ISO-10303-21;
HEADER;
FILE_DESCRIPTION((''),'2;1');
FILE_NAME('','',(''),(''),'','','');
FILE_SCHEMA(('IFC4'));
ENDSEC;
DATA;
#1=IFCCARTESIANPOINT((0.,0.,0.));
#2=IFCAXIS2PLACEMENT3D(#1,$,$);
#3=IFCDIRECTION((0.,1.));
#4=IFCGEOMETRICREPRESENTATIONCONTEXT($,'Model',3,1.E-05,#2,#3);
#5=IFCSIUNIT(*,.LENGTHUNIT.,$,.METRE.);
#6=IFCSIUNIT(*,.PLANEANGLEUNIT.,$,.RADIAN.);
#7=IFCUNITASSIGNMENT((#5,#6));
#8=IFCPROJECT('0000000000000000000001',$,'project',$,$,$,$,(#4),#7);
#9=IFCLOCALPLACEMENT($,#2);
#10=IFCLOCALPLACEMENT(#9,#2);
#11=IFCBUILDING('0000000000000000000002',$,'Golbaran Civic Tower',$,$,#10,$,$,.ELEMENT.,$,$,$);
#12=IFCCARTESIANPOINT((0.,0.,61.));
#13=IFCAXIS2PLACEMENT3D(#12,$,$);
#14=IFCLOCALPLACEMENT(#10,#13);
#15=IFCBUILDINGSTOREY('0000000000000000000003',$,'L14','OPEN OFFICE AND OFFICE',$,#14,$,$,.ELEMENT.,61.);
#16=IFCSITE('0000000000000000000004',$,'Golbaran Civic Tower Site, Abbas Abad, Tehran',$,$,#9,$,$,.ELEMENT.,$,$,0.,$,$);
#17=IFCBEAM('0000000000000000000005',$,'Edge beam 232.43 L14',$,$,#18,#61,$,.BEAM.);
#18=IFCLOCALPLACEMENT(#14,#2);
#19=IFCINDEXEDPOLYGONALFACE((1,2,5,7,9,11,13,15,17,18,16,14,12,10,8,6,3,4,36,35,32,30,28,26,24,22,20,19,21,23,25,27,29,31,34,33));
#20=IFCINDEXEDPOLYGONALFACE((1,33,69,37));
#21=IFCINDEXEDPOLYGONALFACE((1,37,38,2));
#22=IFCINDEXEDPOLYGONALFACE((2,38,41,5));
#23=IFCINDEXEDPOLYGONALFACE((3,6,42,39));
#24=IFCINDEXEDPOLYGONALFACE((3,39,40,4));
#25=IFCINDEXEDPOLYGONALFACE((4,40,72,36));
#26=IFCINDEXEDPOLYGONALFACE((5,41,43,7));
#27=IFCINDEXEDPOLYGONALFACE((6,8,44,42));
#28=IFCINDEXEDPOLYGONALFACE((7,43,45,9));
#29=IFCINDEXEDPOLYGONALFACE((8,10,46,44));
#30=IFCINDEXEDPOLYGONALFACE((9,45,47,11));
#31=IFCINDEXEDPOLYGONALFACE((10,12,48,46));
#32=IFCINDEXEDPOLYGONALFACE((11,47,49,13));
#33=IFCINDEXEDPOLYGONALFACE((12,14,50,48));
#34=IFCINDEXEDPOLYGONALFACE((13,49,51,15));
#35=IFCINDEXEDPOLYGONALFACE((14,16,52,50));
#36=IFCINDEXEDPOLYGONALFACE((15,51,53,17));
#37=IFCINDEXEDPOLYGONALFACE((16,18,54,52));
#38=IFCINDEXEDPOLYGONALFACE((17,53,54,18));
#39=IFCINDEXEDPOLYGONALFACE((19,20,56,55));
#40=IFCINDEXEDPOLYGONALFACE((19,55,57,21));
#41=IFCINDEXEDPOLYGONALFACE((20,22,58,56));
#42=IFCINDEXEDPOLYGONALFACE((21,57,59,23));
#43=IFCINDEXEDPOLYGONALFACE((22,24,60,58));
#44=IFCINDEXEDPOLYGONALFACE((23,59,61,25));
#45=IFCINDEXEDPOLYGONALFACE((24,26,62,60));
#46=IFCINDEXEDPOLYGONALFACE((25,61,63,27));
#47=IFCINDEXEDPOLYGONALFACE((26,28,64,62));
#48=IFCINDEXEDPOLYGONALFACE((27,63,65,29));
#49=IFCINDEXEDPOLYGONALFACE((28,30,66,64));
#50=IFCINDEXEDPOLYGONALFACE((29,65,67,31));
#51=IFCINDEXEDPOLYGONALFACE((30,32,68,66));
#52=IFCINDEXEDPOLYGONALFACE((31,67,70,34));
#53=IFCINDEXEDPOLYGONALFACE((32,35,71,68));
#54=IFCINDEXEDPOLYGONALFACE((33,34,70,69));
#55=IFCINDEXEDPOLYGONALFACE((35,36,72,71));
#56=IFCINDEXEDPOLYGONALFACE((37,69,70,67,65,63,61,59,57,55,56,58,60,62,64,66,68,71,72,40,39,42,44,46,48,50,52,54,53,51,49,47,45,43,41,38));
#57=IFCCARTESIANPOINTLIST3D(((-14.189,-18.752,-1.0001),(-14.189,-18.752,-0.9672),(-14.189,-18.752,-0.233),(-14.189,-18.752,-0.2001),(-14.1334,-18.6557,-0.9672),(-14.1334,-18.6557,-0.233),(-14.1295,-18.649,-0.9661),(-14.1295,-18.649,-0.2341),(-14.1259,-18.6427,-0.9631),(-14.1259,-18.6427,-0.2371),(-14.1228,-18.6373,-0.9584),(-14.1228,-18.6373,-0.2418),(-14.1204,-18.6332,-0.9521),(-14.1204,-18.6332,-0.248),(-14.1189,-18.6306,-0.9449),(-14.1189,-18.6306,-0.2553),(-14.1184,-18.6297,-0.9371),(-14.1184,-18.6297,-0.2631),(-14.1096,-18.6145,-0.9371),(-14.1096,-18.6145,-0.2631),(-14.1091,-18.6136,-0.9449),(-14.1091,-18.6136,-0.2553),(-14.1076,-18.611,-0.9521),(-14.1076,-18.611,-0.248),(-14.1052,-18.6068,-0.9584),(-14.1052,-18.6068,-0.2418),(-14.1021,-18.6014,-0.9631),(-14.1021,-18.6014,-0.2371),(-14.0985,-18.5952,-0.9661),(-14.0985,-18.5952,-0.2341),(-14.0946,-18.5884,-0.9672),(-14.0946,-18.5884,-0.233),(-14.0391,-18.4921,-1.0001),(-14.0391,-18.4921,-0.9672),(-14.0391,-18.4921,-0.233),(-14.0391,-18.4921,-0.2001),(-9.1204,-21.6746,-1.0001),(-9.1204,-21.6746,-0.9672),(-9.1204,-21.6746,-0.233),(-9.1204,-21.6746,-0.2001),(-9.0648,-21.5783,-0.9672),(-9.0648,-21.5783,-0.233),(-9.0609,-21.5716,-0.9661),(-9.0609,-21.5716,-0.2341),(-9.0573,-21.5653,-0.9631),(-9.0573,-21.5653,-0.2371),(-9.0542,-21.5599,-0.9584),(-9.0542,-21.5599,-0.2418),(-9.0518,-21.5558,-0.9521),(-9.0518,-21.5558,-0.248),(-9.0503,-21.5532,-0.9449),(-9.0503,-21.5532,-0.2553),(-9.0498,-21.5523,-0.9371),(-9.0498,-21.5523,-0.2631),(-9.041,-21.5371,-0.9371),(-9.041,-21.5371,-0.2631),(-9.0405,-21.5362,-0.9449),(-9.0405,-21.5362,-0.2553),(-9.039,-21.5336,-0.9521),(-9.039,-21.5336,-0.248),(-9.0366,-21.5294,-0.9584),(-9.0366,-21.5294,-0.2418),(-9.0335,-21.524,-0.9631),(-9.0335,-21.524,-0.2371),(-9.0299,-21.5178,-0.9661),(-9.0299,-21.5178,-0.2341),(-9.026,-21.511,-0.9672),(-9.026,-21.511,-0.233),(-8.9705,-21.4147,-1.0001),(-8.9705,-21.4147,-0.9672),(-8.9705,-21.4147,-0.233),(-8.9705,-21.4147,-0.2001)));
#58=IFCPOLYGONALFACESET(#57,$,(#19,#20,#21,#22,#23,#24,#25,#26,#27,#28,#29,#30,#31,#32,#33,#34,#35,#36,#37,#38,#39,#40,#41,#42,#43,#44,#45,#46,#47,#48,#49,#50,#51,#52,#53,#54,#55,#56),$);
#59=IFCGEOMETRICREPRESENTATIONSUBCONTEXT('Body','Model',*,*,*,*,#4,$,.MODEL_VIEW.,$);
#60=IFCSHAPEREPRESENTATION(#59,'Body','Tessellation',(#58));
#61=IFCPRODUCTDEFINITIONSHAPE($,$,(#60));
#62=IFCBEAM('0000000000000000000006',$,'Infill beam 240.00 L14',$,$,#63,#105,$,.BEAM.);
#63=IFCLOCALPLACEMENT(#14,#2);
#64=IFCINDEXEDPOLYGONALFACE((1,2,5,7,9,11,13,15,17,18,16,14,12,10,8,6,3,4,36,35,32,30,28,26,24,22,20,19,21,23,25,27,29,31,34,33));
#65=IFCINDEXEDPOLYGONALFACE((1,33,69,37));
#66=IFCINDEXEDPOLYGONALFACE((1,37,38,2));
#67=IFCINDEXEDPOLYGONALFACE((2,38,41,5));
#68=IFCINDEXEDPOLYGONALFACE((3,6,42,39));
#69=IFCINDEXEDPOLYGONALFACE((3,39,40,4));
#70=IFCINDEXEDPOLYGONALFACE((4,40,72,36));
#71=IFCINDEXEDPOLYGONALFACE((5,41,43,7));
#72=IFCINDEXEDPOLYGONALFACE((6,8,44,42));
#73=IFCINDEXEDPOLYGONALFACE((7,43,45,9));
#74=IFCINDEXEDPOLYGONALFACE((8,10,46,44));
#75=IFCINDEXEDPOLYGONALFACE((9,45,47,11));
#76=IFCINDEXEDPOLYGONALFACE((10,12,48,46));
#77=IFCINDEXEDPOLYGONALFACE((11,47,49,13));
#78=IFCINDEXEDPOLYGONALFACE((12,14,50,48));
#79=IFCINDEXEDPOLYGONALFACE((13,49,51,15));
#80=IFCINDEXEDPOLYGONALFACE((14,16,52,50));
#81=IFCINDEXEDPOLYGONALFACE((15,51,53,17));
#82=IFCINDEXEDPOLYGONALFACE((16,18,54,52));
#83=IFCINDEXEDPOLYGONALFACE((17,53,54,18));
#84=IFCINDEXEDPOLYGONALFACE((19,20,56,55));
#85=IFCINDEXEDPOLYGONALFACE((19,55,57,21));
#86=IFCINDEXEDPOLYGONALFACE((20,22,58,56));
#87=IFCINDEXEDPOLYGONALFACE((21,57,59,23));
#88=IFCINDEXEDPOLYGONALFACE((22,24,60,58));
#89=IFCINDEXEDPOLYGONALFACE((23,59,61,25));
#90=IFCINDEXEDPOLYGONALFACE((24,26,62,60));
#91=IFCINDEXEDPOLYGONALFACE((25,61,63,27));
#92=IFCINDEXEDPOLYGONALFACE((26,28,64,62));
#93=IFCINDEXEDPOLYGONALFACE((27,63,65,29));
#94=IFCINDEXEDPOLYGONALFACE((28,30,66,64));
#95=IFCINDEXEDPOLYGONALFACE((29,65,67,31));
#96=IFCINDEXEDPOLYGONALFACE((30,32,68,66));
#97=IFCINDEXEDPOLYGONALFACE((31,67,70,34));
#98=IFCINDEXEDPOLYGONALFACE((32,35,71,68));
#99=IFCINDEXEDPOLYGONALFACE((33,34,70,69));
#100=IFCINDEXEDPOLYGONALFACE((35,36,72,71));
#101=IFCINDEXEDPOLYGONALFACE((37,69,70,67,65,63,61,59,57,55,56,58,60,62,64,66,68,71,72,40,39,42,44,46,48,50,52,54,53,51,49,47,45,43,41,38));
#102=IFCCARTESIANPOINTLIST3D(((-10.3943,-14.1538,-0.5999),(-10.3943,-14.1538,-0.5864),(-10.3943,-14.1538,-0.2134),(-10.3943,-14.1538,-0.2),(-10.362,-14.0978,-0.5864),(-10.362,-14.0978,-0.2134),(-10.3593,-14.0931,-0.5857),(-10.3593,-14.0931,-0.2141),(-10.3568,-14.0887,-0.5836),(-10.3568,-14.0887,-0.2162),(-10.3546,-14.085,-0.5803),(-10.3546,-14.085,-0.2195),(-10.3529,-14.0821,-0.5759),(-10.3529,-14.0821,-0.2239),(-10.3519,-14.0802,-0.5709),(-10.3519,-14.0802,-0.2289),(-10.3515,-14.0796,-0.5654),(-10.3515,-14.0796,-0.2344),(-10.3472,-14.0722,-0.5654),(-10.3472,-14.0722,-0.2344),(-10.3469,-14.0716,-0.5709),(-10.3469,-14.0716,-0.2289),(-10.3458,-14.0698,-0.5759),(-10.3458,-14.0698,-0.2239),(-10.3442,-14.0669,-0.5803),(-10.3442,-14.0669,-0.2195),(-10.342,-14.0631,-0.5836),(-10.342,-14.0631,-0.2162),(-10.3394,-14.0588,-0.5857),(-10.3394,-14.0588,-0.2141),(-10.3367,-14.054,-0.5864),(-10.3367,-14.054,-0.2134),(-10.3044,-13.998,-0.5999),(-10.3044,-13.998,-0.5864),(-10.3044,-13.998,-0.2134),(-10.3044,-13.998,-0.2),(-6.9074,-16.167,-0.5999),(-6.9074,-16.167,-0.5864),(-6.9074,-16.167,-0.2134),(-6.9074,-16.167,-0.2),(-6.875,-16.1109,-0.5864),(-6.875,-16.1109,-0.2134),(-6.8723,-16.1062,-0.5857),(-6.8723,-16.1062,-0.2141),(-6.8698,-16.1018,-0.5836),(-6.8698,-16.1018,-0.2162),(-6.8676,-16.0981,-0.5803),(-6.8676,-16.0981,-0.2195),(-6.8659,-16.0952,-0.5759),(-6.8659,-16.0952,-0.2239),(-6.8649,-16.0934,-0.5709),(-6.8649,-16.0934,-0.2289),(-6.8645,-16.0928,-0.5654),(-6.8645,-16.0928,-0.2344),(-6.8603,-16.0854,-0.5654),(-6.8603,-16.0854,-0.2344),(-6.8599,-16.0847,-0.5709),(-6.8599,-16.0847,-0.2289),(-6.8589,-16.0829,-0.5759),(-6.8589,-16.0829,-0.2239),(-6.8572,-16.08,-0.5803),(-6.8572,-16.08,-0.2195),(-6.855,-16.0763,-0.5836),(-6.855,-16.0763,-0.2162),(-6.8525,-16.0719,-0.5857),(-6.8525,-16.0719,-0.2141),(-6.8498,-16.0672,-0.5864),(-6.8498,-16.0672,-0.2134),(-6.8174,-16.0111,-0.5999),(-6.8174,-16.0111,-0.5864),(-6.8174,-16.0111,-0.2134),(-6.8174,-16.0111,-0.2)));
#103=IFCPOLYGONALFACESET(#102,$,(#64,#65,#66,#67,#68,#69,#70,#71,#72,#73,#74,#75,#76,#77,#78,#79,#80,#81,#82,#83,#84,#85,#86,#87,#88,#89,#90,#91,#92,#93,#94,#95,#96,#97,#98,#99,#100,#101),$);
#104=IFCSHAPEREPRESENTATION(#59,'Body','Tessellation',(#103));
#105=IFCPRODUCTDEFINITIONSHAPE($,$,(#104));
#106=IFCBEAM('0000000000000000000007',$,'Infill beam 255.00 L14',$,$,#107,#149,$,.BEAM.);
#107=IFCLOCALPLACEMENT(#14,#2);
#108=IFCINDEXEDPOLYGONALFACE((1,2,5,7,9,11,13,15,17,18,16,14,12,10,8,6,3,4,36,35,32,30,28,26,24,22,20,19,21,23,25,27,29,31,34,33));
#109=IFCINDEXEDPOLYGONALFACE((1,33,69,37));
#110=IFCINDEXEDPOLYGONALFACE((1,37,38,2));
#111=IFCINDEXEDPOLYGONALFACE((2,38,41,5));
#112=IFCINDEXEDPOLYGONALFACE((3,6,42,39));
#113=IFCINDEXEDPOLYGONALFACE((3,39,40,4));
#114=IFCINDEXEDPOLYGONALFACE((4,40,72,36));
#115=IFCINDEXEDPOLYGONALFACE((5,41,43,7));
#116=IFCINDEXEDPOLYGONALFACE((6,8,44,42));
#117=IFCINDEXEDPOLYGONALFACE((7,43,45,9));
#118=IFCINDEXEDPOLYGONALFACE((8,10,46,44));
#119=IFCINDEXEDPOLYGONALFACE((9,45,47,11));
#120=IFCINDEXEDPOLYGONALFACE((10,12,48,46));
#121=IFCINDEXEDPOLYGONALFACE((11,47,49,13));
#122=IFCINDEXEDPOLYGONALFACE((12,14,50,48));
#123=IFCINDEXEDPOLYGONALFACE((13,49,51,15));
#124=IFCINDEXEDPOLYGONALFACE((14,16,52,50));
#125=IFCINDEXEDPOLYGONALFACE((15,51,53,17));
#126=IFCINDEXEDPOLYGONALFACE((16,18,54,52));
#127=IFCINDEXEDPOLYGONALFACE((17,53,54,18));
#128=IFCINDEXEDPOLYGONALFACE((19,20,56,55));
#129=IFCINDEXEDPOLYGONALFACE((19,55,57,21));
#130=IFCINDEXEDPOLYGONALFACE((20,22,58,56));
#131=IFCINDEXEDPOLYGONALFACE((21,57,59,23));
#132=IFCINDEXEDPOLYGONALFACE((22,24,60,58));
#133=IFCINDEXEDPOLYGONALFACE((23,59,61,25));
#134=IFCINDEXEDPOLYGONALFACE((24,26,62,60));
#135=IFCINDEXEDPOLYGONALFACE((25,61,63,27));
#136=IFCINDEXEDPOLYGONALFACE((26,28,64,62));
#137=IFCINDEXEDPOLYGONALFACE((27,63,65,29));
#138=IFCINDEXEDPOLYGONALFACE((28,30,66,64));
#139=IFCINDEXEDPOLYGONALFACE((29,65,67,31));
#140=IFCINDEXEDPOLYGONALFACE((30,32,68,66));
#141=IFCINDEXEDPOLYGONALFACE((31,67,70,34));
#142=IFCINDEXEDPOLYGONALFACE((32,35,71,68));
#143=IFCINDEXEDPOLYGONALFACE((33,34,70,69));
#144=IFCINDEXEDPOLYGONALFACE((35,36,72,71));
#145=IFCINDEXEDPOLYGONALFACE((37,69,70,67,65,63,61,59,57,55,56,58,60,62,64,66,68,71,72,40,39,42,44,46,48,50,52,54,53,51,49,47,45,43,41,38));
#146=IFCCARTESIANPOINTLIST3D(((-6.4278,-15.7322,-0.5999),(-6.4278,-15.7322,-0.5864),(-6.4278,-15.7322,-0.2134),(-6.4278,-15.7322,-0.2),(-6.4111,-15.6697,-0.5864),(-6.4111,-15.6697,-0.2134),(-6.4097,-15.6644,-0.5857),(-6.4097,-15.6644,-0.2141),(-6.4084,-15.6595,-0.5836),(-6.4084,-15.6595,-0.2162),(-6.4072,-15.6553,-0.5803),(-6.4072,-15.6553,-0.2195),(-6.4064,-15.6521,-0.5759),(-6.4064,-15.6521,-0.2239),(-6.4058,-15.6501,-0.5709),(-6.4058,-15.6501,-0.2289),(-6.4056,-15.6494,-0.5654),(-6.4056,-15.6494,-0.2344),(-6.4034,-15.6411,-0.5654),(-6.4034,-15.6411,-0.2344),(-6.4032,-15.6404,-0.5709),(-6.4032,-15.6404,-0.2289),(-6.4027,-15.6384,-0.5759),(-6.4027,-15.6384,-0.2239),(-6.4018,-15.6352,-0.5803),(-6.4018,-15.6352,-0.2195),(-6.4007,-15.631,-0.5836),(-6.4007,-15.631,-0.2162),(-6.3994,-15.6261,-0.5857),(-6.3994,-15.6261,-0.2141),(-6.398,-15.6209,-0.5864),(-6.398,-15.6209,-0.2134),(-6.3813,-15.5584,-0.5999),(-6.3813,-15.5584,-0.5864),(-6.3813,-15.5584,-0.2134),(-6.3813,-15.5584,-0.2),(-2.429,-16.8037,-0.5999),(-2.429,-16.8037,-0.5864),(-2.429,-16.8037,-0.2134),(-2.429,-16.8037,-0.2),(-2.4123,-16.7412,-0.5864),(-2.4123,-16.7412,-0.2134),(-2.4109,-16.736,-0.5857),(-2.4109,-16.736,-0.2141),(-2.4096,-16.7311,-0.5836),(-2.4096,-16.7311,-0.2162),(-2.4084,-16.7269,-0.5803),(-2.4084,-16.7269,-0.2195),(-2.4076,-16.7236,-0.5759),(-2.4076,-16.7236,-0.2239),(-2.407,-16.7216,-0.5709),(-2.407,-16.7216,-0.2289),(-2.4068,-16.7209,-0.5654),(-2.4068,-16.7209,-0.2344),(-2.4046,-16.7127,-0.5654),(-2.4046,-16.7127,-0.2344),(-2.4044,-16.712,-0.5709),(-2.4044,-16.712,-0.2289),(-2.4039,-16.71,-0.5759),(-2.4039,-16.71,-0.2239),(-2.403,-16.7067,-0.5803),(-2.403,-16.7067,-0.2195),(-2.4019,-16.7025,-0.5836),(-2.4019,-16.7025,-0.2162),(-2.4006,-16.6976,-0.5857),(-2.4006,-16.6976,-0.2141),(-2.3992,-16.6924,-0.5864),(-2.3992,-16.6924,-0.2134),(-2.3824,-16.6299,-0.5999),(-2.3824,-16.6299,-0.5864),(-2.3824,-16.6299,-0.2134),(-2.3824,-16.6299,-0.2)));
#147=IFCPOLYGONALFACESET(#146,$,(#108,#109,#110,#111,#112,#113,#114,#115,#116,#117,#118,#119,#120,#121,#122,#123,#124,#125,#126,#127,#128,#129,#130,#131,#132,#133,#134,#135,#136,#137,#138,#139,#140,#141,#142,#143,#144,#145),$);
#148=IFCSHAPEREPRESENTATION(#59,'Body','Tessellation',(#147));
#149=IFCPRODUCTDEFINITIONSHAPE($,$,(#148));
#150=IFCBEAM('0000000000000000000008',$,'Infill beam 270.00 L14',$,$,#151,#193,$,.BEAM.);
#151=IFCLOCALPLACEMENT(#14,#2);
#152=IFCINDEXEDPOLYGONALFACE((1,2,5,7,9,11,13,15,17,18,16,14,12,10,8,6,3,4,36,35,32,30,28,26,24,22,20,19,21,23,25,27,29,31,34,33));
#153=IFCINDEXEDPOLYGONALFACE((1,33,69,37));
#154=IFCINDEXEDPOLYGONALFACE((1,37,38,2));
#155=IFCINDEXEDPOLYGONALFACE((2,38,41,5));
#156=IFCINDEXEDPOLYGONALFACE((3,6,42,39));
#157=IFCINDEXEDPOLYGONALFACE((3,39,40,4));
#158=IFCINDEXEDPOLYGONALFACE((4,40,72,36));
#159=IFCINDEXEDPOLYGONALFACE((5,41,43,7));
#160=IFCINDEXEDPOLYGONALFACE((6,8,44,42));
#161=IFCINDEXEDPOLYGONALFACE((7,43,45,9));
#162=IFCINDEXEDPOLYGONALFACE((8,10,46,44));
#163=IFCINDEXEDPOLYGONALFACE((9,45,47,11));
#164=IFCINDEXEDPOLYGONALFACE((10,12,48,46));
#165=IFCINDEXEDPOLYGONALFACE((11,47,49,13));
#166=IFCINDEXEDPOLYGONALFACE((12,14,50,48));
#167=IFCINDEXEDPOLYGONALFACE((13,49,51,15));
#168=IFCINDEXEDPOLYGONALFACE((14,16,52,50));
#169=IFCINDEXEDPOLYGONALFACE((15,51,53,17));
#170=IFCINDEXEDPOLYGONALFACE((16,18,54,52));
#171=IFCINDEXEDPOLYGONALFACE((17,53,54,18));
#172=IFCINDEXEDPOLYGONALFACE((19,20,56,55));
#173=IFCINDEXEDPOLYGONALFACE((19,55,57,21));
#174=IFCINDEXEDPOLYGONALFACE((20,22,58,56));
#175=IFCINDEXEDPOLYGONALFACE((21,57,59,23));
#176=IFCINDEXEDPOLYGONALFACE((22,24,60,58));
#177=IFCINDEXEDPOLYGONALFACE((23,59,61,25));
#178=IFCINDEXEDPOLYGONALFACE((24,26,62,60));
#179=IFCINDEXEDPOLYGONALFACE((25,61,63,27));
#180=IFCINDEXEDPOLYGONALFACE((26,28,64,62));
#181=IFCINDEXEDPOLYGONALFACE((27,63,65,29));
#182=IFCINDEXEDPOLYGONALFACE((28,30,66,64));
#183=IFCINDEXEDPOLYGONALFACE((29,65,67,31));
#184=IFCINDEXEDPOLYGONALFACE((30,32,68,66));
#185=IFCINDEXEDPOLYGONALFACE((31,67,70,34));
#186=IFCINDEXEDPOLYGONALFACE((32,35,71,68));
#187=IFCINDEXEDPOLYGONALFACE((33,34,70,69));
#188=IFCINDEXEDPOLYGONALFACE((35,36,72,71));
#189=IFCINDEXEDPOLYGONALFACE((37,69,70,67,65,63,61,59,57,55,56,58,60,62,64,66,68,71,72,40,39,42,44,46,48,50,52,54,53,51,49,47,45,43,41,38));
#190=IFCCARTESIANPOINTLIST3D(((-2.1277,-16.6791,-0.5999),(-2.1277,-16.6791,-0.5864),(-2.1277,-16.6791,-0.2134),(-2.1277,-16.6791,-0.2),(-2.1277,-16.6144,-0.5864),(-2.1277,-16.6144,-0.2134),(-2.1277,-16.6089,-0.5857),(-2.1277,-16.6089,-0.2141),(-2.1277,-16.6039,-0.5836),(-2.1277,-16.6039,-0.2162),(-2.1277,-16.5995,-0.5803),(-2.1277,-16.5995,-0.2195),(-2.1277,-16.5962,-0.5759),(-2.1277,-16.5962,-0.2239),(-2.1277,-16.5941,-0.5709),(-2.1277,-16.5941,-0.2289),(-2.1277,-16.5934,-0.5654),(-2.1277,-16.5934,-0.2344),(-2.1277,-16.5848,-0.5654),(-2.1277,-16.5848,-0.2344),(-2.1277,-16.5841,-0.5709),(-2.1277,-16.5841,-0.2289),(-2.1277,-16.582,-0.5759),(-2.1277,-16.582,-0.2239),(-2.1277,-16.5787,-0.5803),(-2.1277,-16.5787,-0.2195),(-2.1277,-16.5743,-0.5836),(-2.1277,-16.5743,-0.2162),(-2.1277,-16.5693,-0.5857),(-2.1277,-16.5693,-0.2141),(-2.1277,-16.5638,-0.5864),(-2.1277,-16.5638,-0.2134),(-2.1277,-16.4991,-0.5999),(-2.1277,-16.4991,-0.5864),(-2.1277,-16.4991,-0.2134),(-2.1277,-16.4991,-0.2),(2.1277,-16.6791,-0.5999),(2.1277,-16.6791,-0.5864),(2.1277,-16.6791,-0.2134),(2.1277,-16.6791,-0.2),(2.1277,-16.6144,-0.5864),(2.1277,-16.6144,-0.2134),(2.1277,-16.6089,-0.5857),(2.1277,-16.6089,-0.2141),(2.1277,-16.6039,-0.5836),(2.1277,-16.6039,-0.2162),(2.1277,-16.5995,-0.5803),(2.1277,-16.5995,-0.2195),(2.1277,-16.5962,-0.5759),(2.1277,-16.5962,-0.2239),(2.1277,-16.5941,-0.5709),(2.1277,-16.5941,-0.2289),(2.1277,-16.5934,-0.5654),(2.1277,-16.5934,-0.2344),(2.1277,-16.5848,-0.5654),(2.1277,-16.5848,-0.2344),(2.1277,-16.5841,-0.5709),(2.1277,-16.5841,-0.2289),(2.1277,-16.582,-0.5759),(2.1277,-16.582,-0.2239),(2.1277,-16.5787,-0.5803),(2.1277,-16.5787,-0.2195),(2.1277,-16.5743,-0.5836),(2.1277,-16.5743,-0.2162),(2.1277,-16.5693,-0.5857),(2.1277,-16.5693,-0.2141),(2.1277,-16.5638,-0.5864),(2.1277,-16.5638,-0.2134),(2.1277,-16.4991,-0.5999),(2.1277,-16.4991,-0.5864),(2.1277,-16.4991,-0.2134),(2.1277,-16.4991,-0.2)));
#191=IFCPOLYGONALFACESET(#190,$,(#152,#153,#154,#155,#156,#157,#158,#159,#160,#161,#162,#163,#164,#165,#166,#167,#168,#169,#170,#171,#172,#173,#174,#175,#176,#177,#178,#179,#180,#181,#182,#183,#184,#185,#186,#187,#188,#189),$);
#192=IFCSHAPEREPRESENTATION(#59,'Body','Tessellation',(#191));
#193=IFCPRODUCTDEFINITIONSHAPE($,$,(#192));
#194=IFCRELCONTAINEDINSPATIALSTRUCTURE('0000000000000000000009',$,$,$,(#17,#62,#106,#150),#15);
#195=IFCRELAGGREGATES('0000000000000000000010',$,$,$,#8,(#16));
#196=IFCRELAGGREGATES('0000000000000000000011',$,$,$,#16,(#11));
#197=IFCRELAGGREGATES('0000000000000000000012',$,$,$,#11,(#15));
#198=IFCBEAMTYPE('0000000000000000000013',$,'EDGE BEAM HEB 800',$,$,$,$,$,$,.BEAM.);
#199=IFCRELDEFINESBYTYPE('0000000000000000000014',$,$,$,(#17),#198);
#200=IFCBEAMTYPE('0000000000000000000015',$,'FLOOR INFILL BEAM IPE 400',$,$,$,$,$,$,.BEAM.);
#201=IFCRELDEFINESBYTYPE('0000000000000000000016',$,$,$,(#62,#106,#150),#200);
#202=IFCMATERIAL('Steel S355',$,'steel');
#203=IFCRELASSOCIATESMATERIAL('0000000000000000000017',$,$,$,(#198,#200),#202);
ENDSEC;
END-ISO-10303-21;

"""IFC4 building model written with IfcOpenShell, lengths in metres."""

from ifc_helpers import new_model, si_unit, direction, frame, origin, origin_2d, place, context, subcontext, project, spatial, i_section, extrude, material, material_profile, profile_set, type_object, element, save


model = new_model("IFC4")

# Units and contexts
model_context = context("Model", 3, precision=1e-05, world=origin(), true_north=direction((0.0, 1.0)))
body_context = subcontext(model_context, "Body", "Model", "MODEL_VIEW")
ifc_project = project(units=[si_unit("LENGTHUNIT", "METRE"), si_unit("PLANEANGLEUNIT", "RADIAN")], contexts=[model_context])

# Site, building, storey
site_placement = place(None, origin())
site = spatial("IfcSite", under=ifc_project, at=site_placement, Name="Golbaran Civic Tower Site, Abbas Abad, Tehran", CompositionType="ELEMENT", RefElevation=0.0)
building_placement = place(site_placement, origin())
building = spatial("IfcBuilding", under=site, at=building_placement, Name="Golbaran Civic Tower", CompositionType="ELEMENT")
storey_placement = place(building_placement, frame((0.0, 0.0, 61.0)))
storey = spatial("IfcBuildingStorey", under=building, at=storey_placement, Name="L14", Description="OPEN OFFICE AND OFFICE", CompositionType="ELEMENT", Elevation=61.0)

# Beams
ifc_material_1 = material(Name="Steel S355", Category="steel")
ifc_material_profile_1 = material_profile(ifc_material_1, i_section(OverallWidth=0.3, OverallDepth=0.8, WebThickness=0.0176, FlangeThickness=0.033, FilletRadius=0.03, at=origin_2d()), Name="HEB 800")
ifc_profile_set_1 = profile_set([ifc_material_profile_1], Name="Steel S355")
beam_type_1 = type_object("IfcBeamType", Name="EDGE BEAM HEB 800", PredefinedType="BEAM", material=ifc_profile_set_1)
beam_1_placement = place(storey_placement, frame((-14.114, -18.6221, -0.6001), z_axis=(0.866303, -0.499519, 0.0), x_axis=(0.499519, 0.866303, 0.0)))
element("IfcBeam", 1, at=beam_1_placement, inside=storey, type_object=beam_type_1, Name="Edge beam 232.43 L14", PredefinedType="BEAM", context=body_context, shape_type="SweptSolid", body=[
    extrude(i_section(OverallWidth=0.3, OverallDepth=0.8, WebThickness=0.0176, FlangeThickness=0.033, FilletRadius=0.03, at=origin_2d()), origin(), (0.0, 0.0, 1.0), 5.8508),
])
ifc_material_profile_2 = material_profile(ifc_material_1, i_section(OverallWidth=0.1799, OverallDepth=0.3999, WebThickness=0.0085, FlangeThickness=0.0134, FilletRadius=0.021, at=origin_2d()), Name="IPE 400")
ifc_profile_set_2 = profile_set([ifc_material_profile_2], Name="Steel S355")
beam_type_2 = type_object("IfcBeamType", Name="FLOOR INFILL BEAM IPE 400", PredefinedType="BEAM", material=ifc_profile_set_2)
beam_2_placement = place(storey_placement, frame((-10.3494, -14.0759, -0.3999), z_axis=(0.866033, -0.499987, 0.0), x_axis=(0.499987, 0.866033, 0.0)))
element("IfcBeam", 2, at=beam_2_placement, inside=storey, type_object=beam_type_2, Name="Infill beam 240.00 L14", PredefinedType="BEAM", context=body_context, shape_type="SweptSolid", body=[
    extrude(i_section(OverallWidth=0.1799, OverallDepth=0.3999, WebThickness=0.0085, FlangeThickness=0.0134, FilletRadius=0.021, at=origin_2d()), origin(), (0.0, 0.0, 1.0), 4.0264),
])
beam_3_placement = place(storey_placement, frame((-6.4045, -15.6453, -0.3999), z_axis=(0.965922, -0.258833, 0.0), x_axis=(0.258833, 0.965922, 0.0)))
element("IfcBeam", 3, at=beam_3_placement, inside=storey, type_object=beam_type_2, Name="Infill beam 255.00 L14", PredefinedType="BEAM", context=body_context, shape_type="SweptSolid", body=[
    extrude(i_section(OverallWidth=0.1799, OverallDepth=0.3999, WebThickness=0.0085, FlangeThickness=0.0134, FilletRadius=0.021, at=origin_2d()), origin(), (0.0, 0.0, 1.0), 4.1399),
])
beam_4_placement = place(storey_placement, frame((-2.1277, -16.5891, -0.3999), z_axis=(1.0, 0.0, 0.0), x_axis=(0.0, 1.0, 0.0)))
element("IfcBeam", 4, at=beam_4_placement, inside=storey, type_object=beam_type_2, Name="Infill beam 270.00 L14", PredefinedType="BEAM", context=body_context, shape_type="SweptSolid", body=[
    extrude(i_section(OverallWidth=0.1799, OverallDepth=0.3999, WebThickness=0.0085, FlangeThickness=0.0134, FilletRadius=0.021, at=origin_2d()), origin(), (0.0, 0.0, 1.0), 4.2554),
])

save(model, "model.ifc")
